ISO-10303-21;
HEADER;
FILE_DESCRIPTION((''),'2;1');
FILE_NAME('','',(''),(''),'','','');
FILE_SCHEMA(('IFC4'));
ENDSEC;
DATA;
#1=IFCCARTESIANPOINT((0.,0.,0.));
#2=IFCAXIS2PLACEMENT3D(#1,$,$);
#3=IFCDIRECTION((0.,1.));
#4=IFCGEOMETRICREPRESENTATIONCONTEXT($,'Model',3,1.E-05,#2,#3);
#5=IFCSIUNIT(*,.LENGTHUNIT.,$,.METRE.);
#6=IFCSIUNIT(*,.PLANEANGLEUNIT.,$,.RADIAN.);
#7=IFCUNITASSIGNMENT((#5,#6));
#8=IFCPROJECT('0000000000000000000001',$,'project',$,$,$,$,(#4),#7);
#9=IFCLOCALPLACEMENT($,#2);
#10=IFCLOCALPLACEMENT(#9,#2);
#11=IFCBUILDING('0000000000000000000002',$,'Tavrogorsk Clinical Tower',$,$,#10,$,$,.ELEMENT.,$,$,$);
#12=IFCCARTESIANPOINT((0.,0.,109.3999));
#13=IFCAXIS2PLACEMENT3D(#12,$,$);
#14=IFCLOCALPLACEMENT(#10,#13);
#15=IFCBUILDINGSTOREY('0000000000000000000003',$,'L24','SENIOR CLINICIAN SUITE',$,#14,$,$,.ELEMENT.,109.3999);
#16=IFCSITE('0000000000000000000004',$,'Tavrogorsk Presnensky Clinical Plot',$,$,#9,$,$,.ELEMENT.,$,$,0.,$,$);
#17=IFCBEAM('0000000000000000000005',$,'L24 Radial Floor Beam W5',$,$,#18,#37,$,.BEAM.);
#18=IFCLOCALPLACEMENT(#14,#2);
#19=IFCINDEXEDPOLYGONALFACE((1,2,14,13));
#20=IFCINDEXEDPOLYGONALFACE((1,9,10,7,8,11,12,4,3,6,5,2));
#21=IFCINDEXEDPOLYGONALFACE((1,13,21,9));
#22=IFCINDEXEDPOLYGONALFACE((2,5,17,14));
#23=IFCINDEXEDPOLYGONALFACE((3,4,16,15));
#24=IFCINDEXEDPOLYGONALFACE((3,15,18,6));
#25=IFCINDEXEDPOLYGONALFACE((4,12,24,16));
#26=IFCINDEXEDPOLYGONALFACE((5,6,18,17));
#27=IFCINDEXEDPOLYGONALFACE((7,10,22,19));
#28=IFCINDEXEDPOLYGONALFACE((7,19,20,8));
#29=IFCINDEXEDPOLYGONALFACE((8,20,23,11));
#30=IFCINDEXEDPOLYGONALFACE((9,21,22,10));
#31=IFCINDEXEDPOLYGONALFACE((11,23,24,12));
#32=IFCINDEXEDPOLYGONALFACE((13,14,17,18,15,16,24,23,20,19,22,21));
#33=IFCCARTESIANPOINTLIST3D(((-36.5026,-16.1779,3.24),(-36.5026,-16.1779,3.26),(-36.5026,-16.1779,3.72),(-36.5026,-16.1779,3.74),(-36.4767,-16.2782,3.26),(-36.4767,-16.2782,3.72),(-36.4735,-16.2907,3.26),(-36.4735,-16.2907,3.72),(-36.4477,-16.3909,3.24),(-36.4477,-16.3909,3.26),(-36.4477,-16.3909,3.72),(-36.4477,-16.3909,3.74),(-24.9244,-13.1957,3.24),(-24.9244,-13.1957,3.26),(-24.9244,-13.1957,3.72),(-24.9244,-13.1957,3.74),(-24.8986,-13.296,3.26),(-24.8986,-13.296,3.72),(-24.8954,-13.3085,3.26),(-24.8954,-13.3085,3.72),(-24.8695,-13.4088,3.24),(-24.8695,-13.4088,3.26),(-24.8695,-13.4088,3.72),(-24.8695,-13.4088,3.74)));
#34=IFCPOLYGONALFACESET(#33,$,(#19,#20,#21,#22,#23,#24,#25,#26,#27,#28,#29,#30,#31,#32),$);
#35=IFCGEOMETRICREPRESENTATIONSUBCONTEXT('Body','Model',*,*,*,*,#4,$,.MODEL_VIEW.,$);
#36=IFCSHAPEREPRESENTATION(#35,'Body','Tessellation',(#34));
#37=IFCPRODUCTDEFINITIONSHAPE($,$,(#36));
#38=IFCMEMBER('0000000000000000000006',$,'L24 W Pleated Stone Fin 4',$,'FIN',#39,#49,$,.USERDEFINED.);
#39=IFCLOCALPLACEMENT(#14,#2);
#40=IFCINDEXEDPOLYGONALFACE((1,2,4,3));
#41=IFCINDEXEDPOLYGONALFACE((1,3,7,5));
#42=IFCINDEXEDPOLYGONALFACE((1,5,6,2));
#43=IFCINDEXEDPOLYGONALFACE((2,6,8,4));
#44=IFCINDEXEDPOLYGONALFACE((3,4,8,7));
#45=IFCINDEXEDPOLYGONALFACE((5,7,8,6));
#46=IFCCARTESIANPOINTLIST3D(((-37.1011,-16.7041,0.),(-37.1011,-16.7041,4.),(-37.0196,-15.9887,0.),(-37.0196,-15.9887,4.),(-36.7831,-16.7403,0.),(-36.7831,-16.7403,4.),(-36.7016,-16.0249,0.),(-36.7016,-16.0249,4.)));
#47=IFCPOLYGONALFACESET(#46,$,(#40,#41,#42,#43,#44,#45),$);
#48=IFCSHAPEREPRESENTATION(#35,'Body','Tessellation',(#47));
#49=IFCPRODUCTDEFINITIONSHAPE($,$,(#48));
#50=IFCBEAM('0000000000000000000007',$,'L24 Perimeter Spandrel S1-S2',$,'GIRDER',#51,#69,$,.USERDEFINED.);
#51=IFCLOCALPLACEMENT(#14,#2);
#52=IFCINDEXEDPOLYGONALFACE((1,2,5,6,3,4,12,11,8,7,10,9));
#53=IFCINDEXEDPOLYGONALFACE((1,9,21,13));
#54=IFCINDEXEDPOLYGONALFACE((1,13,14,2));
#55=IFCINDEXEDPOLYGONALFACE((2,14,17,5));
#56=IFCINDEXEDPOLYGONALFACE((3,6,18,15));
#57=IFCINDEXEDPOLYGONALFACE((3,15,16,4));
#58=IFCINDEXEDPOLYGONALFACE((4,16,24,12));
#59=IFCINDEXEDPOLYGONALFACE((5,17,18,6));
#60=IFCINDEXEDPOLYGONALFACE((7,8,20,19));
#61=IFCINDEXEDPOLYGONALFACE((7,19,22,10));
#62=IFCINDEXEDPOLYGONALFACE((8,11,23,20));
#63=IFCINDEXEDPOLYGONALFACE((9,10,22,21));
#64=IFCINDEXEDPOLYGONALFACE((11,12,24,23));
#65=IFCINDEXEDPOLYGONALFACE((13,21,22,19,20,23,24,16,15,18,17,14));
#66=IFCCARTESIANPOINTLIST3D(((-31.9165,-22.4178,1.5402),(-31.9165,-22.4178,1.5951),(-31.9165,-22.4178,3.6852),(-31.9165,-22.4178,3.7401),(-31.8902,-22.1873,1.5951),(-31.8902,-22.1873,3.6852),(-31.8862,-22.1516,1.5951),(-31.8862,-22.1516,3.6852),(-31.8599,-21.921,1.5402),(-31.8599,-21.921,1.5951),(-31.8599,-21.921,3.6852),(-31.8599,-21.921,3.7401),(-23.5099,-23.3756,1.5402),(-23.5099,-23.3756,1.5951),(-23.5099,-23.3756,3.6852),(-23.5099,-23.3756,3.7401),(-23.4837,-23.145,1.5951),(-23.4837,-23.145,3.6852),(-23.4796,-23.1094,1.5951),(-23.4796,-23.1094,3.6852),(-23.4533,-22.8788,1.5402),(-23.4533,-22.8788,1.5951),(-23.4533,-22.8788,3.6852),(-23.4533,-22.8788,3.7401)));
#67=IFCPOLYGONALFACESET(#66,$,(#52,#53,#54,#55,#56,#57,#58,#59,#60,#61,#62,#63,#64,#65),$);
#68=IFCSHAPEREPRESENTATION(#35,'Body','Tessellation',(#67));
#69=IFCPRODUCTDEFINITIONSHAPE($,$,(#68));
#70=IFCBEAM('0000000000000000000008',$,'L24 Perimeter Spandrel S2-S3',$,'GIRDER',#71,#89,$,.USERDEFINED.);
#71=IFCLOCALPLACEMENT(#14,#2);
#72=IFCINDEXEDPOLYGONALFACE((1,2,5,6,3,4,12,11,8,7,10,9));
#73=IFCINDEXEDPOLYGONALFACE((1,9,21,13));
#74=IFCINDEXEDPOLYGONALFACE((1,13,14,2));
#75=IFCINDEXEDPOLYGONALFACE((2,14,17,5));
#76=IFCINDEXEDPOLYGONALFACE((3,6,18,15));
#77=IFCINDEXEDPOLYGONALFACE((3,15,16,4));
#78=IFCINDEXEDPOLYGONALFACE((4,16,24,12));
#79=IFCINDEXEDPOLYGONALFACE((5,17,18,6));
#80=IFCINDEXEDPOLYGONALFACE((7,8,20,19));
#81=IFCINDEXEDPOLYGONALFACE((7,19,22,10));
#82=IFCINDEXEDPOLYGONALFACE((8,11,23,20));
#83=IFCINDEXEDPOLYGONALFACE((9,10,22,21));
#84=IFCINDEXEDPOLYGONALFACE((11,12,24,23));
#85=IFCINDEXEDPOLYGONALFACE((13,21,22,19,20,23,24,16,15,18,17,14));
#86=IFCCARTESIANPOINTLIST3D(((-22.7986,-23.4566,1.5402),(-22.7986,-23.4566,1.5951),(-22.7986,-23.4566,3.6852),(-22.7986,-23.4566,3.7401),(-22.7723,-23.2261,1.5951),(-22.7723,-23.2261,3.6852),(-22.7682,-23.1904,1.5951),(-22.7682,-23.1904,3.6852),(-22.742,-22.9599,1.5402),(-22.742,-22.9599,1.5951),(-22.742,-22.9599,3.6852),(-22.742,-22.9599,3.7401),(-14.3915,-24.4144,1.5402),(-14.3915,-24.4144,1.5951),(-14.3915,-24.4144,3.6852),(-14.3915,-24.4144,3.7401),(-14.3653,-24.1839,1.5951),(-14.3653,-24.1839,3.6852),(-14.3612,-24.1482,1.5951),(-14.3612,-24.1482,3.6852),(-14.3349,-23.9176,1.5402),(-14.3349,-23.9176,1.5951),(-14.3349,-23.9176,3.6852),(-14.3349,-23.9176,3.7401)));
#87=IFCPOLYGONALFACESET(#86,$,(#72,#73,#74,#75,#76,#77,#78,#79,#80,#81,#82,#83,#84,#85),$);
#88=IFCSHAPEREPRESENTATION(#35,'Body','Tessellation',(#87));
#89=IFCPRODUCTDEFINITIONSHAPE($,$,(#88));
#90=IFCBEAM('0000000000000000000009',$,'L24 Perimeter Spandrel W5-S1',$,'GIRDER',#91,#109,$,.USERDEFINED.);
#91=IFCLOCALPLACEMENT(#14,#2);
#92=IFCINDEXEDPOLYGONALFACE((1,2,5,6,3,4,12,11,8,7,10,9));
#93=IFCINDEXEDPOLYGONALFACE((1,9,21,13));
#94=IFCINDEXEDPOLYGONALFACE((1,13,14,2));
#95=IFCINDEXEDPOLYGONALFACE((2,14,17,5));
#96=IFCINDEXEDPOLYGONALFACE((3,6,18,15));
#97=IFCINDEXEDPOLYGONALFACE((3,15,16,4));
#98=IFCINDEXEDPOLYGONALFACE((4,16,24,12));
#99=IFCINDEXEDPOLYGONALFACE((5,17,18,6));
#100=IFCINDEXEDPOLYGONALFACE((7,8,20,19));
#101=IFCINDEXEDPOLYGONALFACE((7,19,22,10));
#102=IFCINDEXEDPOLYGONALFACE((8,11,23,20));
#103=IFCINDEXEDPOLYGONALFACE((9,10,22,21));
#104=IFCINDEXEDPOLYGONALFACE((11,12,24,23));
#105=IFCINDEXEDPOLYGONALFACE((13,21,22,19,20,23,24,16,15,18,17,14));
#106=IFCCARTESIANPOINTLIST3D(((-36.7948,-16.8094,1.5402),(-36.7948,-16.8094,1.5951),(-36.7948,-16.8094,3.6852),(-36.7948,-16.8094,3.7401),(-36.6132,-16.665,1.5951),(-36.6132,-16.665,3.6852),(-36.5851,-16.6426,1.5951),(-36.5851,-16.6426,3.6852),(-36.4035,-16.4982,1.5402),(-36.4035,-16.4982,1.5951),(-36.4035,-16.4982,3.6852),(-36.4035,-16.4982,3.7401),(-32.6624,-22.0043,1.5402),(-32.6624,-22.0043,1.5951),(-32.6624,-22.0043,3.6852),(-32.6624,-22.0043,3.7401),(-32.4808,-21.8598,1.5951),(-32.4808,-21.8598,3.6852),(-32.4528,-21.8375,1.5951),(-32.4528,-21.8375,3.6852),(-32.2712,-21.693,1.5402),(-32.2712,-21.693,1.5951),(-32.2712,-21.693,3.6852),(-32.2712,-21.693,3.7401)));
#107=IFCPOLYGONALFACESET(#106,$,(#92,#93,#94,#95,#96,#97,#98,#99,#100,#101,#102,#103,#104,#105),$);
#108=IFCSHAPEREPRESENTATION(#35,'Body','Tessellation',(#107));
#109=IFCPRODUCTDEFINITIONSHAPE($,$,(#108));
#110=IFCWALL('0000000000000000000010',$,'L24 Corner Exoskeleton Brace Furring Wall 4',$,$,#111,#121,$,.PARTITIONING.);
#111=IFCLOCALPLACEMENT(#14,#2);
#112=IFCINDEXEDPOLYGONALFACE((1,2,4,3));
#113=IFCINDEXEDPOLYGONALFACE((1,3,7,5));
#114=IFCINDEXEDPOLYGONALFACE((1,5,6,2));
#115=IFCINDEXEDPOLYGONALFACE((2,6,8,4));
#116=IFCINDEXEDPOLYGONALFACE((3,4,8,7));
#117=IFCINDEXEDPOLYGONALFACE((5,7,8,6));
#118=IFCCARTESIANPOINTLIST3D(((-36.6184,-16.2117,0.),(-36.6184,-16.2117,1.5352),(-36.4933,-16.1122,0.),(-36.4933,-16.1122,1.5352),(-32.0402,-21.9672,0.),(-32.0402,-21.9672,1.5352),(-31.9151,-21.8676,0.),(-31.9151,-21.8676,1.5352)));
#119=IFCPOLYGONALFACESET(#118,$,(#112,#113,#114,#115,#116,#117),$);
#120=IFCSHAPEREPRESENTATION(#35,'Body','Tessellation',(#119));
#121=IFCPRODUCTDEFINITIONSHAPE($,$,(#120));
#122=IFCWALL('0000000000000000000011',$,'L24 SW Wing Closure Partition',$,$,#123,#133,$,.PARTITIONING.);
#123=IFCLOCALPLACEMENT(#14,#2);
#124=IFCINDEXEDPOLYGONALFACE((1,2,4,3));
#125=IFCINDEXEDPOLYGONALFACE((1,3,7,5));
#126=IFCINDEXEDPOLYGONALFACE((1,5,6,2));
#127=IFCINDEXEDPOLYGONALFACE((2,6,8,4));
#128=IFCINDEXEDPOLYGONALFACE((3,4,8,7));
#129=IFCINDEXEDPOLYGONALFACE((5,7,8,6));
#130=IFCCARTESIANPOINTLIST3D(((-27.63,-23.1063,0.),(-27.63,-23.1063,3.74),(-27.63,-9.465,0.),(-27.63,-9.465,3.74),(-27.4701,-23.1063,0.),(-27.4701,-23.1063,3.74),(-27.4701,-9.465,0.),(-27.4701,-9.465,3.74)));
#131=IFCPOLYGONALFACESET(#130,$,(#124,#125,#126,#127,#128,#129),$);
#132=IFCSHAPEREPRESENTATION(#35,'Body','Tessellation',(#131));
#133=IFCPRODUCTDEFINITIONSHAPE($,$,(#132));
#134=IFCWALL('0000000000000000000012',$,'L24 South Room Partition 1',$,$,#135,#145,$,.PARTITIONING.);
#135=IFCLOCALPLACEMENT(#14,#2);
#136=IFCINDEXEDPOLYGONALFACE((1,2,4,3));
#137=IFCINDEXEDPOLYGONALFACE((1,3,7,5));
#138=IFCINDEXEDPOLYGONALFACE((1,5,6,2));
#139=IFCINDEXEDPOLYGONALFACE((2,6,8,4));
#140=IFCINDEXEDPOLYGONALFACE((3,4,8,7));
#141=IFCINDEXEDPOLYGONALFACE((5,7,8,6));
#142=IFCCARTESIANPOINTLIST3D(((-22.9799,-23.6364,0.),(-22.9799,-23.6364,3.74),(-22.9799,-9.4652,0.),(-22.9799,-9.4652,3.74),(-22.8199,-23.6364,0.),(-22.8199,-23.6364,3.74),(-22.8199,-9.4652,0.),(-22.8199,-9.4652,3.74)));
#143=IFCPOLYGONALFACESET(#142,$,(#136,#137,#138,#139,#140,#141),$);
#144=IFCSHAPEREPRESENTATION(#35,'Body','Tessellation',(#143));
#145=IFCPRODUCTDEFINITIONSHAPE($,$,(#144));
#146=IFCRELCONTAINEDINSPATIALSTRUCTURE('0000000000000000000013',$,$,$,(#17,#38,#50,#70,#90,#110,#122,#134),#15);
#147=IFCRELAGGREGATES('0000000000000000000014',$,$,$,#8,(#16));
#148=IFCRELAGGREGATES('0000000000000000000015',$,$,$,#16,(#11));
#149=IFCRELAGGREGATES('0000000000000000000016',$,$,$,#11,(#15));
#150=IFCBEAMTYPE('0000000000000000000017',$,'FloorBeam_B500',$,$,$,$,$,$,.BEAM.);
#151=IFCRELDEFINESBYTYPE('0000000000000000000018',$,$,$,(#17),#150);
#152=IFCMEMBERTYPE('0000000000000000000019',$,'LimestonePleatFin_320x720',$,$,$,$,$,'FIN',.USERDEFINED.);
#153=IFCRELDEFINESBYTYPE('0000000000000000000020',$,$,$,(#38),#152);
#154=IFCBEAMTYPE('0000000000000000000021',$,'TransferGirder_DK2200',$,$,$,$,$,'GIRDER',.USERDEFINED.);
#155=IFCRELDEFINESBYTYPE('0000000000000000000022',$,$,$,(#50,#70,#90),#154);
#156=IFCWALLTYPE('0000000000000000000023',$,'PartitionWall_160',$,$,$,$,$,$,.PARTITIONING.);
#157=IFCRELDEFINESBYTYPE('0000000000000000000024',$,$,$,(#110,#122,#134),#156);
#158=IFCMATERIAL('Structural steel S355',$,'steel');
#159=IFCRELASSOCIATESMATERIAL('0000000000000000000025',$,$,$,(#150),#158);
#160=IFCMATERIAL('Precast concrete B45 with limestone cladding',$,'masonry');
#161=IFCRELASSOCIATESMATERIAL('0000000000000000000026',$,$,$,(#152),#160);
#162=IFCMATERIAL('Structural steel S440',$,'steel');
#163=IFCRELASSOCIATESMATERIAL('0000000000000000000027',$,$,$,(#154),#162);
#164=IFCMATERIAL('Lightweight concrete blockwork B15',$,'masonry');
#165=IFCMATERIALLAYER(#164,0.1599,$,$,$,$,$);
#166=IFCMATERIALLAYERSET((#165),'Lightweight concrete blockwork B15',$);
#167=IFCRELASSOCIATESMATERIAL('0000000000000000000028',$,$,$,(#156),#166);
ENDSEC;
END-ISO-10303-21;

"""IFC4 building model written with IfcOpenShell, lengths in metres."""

from ifc_helpers import new_model, si_unit, direction, frame, frame_2d, origin, origin_2d, place, context, subcontext, project, spatial, rectangle, i_section, extrude, material, layer, layer_set, material_profile, profile_set, type_object, element, save


model = new_model("IFC4")

# Units and contexts
model_context = context("Model", 3, precision=1e-05, world=origin(), true_north=direction((0.0, 1.0)))
body_context = subcontext(model_context, "Body", "Model", "MODEL_VIEW")
ifc_project = project(units=[si_unit("LENGTHUNIT", "METRE"), si_unit("PLANEANGLEUNIT", "RADIAN")], contexts=[model_context])

# Site, building, storey
site_placement = place(None, origin())
site = spatial("IfcSite", under=ifc_project, at=site_placement, Name="Tavrogorsk Presnensky Clinical Plot", CompositionType="ELEMENT", RefElevation=0.0)
building_placement = place(site_placement, origin())
building = spatial("IfcBuilding", under=site, at=building_placement, Name="Tavrogorsk Clinical Tower", CompositionType="ELEMENT")
storey_placement = place(building_placement, frame((0.0, 0.0, 109.3999)))
storey = spatial("IfcBuildingStorey", under=building, at=storey_placement, Name="L24", Description="SENIOR CLINICIAN SUITE", CompositionType="ELEMENT", Elevation=109.3999)

# Beam
ifc_material_1 = material(Name="Structural steel S355", Category="steel")
ifc_material_profile_1 = material_profile(ifc_material_1, i_section(OverallWidth=0.22, OverallDepth=0.5, WebThickness=0.0129, FlangeThickness=0.02, at=origin_2d()), Name="B-500x220x13x20")
ifc_profile_set_1 = profile_set([ifc_material_profile_1], Name="Structural steel S355")
beam_type_1 = type_object("IfcBeamType", Name="FloorBeam_B500", PredefinedType="BEAM", material=ifc_profile_set_1)
beam_1_placement = place(storey_placement, frame((-24.897, -13.3022, 3.49), z_axis=(-0.968393, -0.249429, 0.0), x_axis=(0.249429, -0.968393, 0.0)))
element("IfcBeam", 1, at=beam_1_placement, inside=storey, type_object=beam_type_1, Name="L24 Radial Floor Beam W5", PredefinedType="BEAM", context=body_context, shape_type="SweptSolid", body=[
    extrude(i_section(OverallWidth=0.22, OverallDepth=0.5, WebThickness=0.0129, FlangeThickness=0.02, at=origin_2d()), origin(), (0.0, 0.0, 1.0), 11.9561),
])

# Member
ifc_material_2 = material(Name="Precast concrete B45 with limestone cladding", Category="masonry")
ifc_material_profile_2 = material_profile(ifc_material_2, rectangle(XDim=0.3201, YDim=0.72, at=origin_2d()), Name="LIMESTONE-FIN-320x720")
ifc_profile_set_2 = profile_set([ifc_material_profile_2], Name="Precast concrete B45 with limestone cladding")
member_type_1 = type_object("IfcMemberType", Name="LimestonePleatFin_320x720", ElementType="FIN", PredefinedType="USERDEFINED", material=ifc_profile_set_2)
member_1_placement = place(storey_placement, frame((-36.9014, -16.3645, 0.0), z_axis=(0.0, 0.0, 1.0), x_axis=(0.993572, -0.113203, 0.0)))
element("IfcMember", 2, at=member_1_placement, inside=storey, type_object=member_type_1, Name="L24 W Pleated Stone Fin 4", ObjectType="FIN", PredefinedType="USERDEFINED", context=body_context, shape_type="SweptSolid", body=[
    extrude(rectangle(XDim=0.3201, YDim=0.72, at=origin_2d()), origin(), (0.0, 0.0, 1.0), 4.0),
])

# Beams
ifc_material_3 = material(Name="Structural steel S440", Category="steel")
ifc_material_profile_3 = material_profile(ifc_material_3, i_section(OverallWidth=0.5, OverallDepth=2.2, WebThickness=0.0359, FlangeThickness=0.0549, at=origin_2d()), Name="DK-2200x500x36x55")
ifc_profile_set_3 = profile_set([ifc_material_profile_3], Name="Structural steel S440")
beam_type_2 = type_object("IfcBeamType", Name="TransferGirder_DK2200", ElementType="GIRDER", PredefinedType="USERDEFINED", material=ifc_profile_set_3)
beam_2_placement = place(storey_placement, frame((-31.8882, -22.1694, 2.6401), z_axis=(0.993572, -0.113199, 0.0), x_axis=(0.113199, 0.993572, 0.0)))
element("IfcBeam", 3, at=beam_2_placement, inside=storey, type_object=beam_type_2, Name="L24 Perimeter Spandrel S1-S2", ObjectType="GIRDER", PredefinedType="USERDEFINED", context=body_context, shape_type="SweptSolid", body=[
    extrude(i_section(OverallWidth=0.5, OverallDepth=2.2, WebThickness=0.0359, FlangeThickness=0.0549, at=origin_2d()), origin(), (0.0, 0.0, 1.0), 8.4609),
])
beam_3_placement = place(storey_placement, frame((-22.7703, -23.2083, 2.6401), z_axis=(0.993573, -0.113193, 0.0), x_axis=(0.113193, 0.993573, 0.0)))
element("IfcBeam", 4, at=beam_3_placement, inside=storey, type_object=beam_type_2, Name="L24 Perimeter Spandrel S2-S3", ObjectType="GIRDER", PredefinedType="USERDEFINED", context=body_context, shape_type="SweptSolid", body=[
    extrude(i_section(OverallWidth=0.5, OverallDepth=2.2, WebThickness=0.0359, FlangeThickness=0.0549, at=origin_2d()), origin(), (0.0, 0.0, 1.0), 8.4614),
])
beam_4_placement = place(storey_placement, frame((-36.5991, -16.6538, 2.6401), z_axis=(0.622531, -0.782595, 0.0), x_axis=(0.782595, 0.622531, 0.0)))
element("IfcBeam", 5, at=beam_4_placement, inside=storey, type_object=beam_type_2, Name="L24 Perimeter Spandrel W5-S1", ObjectType="GIRDER", PredefinedType="USERDEFINED", context=body_context, shape_type="SweptSolid", body=[
    extrude(i_section(OverallWidth=0.5, OverallDepth=2.2, WebThickness=0.0359, FlangeThickness=0.0549, at=origin_2d()), origin(), (0.0, 0.0, 1.0), 6.6379),
])

# Walls
ifc_material_4 = material(Name="Lightweight concrete blockwork B15", Category="masonry")
ifc_layer_1 = layer(ifc_material_4, 0.1599)
ifc_layer_set_1 = layer_set([ifc_layer_1], Name="Lightweight concrete blockwork B15")
wall_type_1 = type_object("IfcWallType", Name="PartitionWall_160", PredefinedType="PARTITIONING", material=ifc_layer_set_1)
wall_1_placement = place(storey_placement, frame((-36.5559, -16.1619, 0.0), z_axis=(0.0, 0.0, 1.0), x_axis=(0.622523, -0.782602, 0.0)))
element("IfcWall", 6, at=wall_1_placement, inside=storey, type_object=wall_type_1, Name="L24 Corner Exoskeleton Brace Furring Wall 4", PredefinedType="PARTITIONING", context=body_context, shape_type="SweptSolid", body=[
    extrude(rectangle(XDim=7.3542, YDim=0.1599, at=frame_2d((3.6772, 0.0))), origin(), (0.0, 0.0, 1.0), 1.5352),
])
wall_2_placement = place(storey_placement, frame((-27.55, -23.1064, 0.0), z_axis=(0.0, 0.0, 1.0), x_axis=(0.0, 1.0, 0.0)))
element("IfcWall", 7, at=wall_2_placement, inside=storey, type_object=wall_type_1, Name="L24 SW Wing Closure Partition", PredefinedType="PARTITIONING", context=body_context, shape_type="SweptSolid", body=[
    extrude(rectangle(XDim=13.6414, YDim=0.1599, at=frame_2d((6.8208, 0.0))), origin(), (0.0, 0.0, 1.0), 3.74),
])
wall_3_placement = place(storey_placement, frame((-22.8999, -23.6362, 0.0), z_axis=(0.0, 0.0, 1.0), x_axis=(0.0, 1.0, 0.0)))
element("IfcWall", 8, at=wall_3_placement, inside=storey, type_object=wall_type_1, Name="L24 South Room Partition 1", PredefinedType="PARTITIONING", context=body_context, shape_type="SweptSolid", body=[
    extrude(rectangle(XDim=14.1711, YDim=0.1599, at=frame_2d((7.0854, 0.0))), origin(), (0.0, 0.0, 1.0), 3.74),
])

save(model, "model.ifc")
